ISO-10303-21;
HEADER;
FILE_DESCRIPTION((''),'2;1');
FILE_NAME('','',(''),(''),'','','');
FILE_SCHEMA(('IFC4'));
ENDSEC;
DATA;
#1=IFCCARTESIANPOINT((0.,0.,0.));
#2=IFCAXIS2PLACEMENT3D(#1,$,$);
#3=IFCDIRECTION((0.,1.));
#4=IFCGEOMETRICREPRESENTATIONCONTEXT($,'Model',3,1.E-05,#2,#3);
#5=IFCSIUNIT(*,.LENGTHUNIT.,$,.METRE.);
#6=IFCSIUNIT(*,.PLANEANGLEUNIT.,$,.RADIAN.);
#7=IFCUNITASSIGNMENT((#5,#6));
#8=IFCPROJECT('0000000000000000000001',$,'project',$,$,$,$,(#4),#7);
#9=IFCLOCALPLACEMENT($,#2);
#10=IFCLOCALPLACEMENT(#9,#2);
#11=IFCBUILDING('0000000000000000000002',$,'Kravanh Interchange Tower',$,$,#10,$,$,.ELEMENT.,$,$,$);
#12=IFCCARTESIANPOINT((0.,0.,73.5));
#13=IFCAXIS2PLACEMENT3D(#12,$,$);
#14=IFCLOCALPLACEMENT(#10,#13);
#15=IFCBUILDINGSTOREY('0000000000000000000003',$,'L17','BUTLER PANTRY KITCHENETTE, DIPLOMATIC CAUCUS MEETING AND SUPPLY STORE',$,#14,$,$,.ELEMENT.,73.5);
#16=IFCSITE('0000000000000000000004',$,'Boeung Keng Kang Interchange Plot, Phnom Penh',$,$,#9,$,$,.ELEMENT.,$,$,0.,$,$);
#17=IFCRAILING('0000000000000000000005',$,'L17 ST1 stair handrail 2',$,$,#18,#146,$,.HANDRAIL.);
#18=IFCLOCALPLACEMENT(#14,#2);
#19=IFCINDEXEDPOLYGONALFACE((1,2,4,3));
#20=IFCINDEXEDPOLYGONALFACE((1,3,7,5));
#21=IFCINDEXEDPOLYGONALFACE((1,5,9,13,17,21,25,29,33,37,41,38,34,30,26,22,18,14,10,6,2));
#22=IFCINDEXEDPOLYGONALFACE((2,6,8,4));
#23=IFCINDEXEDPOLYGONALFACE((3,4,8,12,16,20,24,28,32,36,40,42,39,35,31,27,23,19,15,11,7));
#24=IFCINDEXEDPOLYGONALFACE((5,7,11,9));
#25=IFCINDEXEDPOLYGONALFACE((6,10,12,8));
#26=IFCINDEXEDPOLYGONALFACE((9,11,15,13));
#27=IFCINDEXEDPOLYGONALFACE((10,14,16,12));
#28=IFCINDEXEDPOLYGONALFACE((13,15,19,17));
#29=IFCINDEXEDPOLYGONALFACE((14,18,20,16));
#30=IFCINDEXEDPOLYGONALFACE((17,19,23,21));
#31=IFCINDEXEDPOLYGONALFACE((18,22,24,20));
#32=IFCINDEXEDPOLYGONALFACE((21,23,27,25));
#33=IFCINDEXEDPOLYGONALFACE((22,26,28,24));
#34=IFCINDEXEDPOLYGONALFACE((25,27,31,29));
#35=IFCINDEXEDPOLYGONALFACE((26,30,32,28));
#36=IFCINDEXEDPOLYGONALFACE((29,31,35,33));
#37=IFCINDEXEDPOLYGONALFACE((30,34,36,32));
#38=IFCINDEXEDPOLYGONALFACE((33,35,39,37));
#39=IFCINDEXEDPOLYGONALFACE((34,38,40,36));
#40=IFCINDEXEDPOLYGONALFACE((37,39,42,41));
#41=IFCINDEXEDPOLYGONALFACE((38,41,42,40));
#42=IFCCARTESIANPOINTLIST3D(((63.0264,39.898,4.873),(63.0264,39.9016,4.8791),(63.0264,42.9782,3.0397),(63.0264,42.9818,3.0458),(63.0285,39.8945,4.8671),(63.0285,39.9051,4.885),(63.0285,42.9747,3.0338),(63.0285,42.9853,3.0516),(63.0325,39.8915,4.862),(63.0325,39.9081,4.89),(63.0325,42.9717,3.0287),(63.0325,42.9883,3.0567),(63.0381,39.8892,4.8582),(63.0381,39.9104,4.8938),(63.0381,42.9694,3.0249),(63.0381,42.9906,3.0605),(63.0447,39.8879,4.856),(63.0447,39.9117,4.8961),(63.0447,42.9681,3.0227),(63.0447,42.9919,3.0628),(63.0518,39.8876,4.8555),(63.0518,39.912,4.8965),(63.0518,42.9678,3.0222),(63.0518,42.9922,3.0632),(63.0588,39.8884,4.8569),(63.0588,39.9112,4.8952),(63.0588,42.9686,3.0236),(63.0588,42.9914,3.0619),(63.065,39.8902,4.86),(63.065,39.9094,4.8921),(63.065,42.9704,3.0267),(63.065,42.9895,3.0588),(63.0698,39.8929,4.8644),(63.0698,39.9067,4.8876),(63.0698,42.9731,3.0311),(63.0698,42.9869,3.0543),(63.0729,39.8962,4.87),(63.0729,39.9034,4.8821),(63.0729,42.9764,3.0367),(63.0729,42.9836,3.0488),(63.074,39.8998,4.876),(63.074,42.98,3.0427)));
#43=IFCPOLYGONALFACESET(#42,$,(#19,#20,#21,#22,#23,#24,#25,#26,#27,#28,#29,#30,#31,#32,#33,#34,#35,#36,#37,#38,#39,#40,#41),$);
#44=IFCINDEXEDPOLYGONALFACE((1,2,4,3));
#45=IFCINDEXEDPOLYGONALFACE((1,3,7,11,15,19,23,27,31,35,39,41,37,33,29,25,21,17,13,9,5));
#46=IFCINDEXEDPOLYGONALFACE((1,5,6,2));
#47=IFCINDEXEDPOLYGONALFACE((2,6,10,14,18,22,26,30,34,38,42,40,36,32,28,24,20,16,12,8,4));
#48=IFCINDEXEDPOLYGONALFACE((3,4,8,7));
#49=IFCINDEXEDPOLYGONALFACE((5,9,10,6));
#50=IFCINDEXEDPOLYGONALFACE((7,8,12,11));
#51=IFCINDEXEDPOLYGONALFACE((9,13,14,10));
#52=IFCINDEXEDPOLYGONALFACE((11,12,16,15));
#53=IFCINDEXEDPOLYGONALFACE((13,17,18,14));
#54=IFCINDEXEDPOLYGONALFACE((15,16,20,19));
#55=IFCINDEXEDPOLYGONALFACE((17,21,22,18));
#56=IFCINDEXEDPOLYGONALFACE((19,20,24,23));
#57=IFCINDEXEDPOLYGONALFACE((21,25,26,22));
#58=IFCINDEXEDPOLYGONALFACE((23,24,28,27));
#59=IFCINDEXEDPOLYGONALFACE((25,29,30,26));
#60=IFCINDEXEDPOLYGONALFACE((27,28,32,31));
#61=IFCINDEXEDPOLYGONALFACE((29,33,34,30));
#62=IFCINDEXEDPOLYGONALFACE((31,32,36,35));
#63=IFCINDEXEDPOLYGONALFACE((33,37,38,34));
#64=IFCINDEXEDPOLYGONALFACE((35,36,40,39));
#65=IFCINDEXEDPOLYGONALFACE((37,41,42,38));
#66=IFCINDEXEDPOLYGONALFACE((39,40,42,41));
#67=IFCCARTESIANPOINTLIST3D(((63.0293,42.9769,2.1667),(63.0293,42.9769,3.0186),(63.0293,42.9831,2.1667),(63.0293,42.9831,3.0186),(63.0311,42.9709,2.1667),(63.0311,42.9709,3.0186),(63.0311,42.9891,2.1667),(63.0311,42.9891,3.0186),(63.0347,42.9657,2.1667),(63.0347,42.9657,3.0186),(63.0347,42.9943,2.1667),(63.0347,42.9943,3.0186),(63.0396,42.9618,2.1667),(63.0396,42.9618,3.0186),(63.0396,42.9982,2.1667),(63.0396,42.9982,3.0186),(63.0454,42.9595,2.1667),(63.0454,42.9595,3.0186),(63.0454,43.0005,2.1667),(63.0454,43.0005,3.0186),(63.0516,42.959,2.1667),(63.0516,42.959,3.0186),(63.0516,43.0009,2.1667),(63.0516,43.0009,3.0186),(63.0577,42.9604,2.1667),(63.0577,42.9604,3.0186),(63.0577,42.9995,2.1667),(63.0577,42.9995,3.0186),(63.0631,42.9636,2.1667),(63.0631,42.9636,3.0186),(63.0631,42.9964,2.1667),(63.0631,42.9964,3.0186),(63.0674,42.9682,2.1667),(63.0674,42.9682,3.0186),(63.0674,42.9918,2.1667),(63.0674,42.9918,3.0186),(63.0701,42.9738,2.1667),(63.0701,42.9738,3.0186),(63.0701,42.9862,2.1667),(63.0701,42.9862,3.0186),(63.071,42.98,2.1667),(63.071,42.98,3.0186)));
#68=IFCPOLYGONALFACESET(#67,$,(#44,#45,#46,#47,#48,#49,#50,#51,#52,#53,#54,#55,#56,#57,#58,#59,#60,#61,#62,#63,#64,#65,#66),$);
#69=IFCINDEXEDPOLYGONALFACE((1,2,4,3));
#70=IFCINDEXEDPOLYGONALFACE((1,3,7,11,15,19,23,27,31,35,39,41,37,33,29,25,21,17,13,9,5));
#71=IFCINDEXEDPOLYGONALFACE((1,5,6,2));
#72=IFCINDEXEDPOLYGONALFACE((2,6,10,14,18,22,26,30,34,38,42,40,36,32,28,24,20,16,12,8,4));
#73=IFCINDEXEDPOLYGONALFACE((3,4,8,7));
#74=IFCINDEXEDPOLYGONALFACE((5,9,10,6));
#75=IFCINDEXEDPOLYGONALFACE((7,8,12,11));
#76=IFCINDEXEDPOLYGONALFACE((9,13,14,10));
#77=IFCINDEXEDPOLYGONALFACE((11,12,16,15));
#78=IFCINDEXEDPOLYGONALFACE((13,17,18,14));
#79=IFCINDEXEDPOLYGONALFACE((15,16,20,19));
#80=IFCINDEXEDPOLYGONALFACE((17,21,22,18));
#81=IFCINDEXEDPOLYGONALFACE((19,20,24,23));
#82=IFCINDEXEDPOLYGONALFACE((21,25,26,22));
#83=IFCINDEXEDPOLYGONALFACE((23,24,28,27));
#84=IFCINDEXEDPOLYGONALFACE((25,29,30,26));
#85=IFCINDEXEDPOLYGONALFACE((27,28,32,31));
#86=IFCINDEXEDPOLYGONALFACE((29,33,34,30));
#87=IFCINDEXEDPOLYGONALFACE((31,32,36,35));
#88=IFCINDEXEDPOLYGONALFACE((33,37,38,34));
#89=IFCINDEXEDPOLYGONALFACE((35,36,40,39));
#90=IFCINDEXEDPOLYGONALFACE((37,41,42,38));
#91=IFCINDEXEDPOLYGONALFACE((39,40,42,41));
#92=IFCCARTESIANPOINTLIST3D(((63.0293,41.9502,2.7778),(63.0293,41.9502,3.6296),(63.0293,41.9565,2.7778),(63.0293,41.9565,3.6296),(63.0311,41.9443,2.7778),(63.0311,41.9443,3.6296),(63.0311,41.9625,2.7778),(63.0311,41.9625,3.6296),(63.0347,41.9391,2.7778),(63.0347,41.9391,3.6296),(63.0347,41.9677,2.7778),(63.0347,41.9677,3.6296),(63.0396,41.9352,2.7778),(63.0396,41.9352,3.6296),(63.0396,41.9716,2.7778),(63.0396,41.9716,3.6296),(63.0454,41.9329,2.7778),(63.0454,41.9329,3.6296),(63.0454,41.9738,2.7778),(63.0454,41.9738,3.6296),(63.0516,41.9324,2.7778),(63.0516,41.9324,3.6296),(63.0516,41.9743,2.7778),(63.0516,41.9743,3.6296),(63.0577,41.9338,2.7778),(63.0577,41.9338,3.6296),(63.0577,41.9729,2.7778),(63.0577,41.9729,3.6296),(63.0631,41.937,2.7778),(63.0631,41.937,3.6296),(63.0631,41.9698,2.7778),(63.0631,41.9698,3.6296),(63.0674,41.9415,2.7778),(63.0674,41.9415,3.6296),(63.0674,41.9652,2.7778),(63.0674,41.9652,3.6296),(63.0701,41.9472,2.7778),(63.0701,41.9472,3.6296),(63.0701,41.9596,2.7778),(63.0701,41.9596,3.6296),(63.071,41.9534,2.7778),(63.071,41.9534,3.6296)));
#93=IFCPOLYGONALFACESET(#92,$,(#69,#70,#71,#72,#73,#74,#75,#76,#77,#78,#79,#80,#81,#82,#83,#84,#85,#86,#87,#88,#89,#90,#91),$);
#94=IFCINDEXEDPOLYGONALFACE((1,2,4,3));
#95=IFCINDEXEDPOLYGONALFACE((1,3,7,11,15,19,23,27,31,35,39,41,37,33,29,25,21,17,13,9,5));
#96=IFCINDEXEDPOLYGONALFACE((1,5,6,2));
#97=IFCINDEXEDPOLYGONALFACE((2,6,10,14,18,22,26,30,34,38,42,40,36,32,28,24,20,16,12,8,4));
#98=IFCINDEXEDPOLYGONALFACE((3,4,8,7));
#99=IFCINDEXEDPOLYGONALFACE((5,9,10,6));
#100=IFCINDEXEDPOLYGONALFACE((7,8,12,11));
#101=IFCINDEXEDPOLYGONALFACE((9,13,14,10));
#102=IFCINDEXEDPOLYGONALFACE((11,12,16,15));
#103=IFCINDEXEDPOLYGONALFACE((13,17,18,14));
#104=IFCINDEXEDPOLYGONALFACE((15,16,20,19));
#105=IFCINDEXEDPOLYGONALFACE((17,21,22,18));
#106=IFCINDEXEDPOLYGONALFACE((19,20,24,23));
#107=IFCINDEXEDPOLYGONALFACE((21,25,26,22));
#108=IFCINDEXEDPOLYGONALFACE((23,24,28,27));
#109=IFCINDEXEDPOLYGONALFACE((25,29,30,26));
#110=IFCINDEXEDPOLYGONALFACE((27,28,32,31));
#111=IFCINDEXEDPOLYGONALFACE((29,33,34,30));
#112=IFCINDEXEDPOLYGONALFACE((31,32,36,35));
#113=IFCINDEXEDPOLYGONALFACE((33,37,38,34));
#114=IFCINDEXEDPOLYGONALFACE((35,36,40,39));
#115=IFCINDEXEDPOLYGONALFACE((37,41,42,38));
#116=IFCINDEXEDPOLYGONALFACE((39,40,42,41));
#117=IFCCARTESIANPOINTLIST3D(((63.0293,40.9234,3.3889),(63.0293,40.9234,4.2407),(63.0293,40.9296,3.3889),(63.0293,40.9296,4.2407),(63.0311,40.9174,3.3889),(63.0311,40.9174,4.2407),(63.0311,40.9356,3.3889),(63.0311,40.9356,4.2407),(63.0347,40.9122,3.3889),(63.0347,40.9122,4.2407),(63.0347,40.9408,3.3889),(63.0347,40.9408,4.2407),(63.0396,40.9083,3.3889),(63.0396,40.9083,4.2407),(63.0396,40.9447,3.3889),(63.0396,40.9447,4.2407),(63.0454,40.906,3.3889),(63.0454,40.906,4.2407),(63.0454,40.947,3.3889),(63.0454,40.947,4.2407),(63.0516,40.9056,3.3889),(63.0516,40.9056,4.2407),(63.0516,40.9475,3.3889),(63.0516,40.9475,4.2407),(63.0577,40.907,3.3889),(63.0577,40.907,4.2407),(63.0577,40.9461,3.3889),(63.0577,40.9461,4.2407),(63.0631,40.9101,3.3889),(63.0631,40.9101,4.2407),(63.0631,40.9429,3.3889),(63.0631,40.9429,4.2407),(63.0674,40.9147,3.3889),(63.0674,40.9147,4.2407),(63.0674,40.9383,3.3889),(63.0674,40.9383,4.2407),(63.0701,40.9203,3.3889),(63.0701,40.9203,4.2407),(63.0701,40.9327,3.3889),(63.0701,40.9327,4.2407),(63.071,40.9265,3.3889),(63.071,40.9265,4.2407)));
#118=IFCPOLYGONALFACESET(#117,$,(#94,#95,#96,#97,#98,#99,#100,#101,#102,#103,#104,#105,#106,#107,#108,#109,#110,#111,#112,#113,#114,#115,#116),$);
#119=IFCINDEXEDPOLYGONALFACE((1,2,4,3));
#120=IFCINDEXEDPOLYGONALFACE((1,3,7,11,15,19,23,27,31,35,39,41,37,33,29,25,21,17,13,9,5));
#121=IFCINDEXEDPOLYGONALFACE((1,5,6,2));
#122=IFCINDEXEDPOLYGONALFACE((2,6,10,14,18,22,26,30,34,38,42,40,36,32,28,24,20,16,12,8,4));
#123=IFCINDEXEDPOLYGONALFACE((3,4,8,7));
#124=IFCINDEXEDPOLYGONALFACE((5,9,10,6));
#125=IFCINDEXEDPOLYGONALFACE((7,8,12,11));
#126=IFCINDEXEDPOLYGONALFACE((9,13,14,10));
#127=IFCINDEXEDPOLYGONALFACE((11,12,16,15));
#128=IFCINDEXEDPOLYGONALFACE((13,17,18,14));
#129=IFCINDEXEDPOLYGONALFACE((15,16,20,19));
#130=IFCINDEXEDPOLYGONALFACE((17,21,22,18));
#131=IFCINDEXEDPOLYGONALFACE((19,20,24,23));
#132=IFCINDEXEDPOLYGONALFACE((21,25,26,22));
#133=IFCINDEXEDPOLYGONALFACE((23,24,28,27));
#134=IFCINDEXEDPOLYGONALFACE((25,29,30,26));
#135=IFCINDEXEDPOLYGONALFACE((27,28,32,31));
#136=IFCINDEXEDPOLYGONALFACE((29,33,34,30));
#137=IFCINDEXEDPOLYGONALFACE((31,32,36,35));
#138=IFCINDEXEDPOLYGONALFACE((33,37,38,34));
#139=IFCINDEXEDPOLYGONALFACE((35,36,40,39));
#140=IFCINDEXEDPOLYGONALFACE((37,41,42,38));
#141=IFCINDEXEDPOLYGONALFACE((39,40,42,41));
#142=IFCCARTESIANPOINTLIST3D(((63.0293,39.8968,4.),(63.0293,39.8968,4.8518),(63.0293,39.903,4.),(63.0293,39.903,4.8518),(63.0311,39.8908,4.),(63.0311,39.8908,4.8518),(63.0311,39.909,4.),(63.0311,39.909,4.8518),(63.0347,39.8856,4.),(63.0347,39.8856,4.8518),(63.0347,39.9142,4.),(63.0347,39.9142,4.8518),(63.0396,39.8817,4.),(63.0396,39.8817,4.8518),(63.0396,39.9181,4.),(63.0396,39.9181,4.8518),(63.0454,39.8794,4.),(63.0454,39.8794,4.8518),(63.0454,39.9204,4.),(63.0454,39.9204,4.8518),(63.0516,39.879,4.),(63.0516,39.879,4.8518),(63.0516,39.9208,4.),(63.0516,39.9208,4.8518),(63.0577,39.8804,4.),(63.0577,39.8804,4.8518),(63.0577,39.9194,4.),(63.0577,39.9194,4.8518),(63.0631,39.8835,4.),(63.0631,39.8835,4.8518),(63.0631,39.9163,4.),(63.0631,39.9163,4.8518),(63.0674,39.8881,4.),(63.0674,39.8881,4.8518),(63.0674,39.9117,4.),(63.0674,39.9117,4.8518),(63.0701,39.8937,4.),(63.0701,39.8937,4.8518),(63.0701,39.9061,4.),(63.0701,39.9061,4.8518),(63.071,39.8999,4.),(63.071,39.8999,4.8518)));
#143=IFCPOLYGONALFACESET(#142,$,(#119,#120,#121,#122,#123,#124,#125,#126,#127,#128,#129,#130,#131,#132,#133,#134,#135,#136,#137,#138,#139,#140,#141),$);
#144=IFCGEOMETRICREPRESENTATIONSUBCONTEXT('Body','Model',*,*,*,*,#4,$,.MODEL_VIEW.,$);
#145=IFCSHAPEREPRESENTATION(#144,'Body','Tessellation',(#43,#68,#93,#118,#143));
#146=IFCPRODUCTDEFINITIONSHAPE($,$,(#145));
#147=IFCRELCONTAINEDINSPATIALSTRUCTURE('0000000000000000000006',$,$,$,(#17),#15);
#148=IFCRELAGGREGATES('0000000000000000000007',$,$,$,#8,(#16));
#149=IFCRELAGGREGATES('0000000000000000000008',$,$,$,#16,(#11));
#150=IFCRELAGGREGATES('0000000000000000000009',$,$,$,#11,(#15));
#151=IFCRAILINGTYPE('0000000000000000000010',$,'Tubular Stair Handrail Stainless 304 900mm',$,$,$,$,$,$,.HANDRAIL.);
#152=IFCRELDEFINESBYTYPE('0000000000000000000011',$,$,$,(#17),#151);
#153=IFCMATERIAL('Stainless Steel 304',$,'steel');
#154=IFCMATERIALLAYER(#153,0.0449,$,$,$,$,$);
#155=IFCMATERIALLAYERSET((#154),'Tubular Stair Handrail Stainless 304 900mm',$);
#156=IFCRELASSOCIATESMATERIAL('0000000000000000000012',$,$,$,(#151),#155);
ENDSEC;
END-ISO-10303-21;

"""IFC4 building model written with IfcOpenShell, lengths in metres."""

from ifc_helpers import new_model, si_unit, direction, frame, origin, origin_2d, place, context, subcontext, project, spatial, circle, extrude, material, layer, layer_set, type_object, element, save


model = new_model("IFC4")

# Units and contexts
model_context = context("Model", 3, precision=1e-05, world=origin(), true_north=direction((0.0, 1.0)))
body_context = subcontext(model_context, "Body", "Model", "MODEL_VIEW")
ifc_project = project(units=[si_unit("LENGTHUNIT", "METRE"), si_unit("PLANEANGLEUNIT", "RADIAN")], contexts=[model_context])

# Site, building, storey
site_placement = place(None, origin())
site = spatial("IfcSite", under=ifc_project, at=site_placement, Name="Boeung Keng Kang Interchange Plot, Phnom Penh", CompositionType="ELEMENT", RefElevation=0.0)
building_placement = place(site_placement, origin())
building = spatial("IfcBuilding", under=site, at=building_placement, Name="Kravanh Interchange Tower", CompositionType="ELEMENT")
storey_placement = place(building_placement, frame((0.0, 0.0, 73.5)))
storey = spatial("IfcBuildingStorey", under=building, at=storey_placement, Name="L17", Description="BUTLER PANTRY KITCHENETTE, DIPLOMATIC CAUCUS MEETING AND SUPPLY STORE", CompositionType="ELEMENT", Elevation=73.5)

# Railing
ifc_material_1 = material(Name="Stainless Steel 304", Category="steel")
ifc_layer_1 = layer(ifc_material_1, 0.0449)
ifc_layer_set_1 = layer_set([ifc_layer_1], Name="Tubular Stair Handrail Stainless 304 900mm")
railing_type_1 = type_object("IfcRailingType", Name="Tubular Stair Handrail Stainless 304 900mm", PredefinedType="HANDRAIL", material=ifc_layer_set_1)
railing_1_placement = place(storey_placement, frame((63.05, 42.98, 2.1667)))
element("IfcRailing", 1, at=railing_1_placement, inside=storey, type_object=railing_type_1, Name="L17 ST1 stair handrail 2", PredefinedType="HANDRAIL", context=body_context, shape_type="SweptSolid", body=[
    extrude(circle(Radius=0.0239, at=origin_2d()), frame((0.0, 0.0, 0.876), z_axis=(0.0, -0.859309, 0.511458), x_axis=(1.0, 0.0, 0.0)), (0.0, 0.0, 1.0), 3.5845),
    extrude(circle(Radius=0.021, at=origin_2d()), origin(), (0.0, 0.0, 1.0), 0.8518),
    extrude(circle(Radius=0.021, at=origin_2d()), frame((0.0, -1.0266, 0.6111)), (0.0, 0.0, 1.0), 0.8518),
    extrude(circle(Radius=0.021, at=origin_2d()), frame((0.0, -2.0535, 1.2222)), (0.0, 0.0, 1.0), 0.8518),
    extrude(circle(Radius=0.021, at=origin_2d()), frame((0.0, -3.0801, 1.8333)), (0.0, 0.0, 1.0), 0.8518),
])

save(model, "model.ifc")
